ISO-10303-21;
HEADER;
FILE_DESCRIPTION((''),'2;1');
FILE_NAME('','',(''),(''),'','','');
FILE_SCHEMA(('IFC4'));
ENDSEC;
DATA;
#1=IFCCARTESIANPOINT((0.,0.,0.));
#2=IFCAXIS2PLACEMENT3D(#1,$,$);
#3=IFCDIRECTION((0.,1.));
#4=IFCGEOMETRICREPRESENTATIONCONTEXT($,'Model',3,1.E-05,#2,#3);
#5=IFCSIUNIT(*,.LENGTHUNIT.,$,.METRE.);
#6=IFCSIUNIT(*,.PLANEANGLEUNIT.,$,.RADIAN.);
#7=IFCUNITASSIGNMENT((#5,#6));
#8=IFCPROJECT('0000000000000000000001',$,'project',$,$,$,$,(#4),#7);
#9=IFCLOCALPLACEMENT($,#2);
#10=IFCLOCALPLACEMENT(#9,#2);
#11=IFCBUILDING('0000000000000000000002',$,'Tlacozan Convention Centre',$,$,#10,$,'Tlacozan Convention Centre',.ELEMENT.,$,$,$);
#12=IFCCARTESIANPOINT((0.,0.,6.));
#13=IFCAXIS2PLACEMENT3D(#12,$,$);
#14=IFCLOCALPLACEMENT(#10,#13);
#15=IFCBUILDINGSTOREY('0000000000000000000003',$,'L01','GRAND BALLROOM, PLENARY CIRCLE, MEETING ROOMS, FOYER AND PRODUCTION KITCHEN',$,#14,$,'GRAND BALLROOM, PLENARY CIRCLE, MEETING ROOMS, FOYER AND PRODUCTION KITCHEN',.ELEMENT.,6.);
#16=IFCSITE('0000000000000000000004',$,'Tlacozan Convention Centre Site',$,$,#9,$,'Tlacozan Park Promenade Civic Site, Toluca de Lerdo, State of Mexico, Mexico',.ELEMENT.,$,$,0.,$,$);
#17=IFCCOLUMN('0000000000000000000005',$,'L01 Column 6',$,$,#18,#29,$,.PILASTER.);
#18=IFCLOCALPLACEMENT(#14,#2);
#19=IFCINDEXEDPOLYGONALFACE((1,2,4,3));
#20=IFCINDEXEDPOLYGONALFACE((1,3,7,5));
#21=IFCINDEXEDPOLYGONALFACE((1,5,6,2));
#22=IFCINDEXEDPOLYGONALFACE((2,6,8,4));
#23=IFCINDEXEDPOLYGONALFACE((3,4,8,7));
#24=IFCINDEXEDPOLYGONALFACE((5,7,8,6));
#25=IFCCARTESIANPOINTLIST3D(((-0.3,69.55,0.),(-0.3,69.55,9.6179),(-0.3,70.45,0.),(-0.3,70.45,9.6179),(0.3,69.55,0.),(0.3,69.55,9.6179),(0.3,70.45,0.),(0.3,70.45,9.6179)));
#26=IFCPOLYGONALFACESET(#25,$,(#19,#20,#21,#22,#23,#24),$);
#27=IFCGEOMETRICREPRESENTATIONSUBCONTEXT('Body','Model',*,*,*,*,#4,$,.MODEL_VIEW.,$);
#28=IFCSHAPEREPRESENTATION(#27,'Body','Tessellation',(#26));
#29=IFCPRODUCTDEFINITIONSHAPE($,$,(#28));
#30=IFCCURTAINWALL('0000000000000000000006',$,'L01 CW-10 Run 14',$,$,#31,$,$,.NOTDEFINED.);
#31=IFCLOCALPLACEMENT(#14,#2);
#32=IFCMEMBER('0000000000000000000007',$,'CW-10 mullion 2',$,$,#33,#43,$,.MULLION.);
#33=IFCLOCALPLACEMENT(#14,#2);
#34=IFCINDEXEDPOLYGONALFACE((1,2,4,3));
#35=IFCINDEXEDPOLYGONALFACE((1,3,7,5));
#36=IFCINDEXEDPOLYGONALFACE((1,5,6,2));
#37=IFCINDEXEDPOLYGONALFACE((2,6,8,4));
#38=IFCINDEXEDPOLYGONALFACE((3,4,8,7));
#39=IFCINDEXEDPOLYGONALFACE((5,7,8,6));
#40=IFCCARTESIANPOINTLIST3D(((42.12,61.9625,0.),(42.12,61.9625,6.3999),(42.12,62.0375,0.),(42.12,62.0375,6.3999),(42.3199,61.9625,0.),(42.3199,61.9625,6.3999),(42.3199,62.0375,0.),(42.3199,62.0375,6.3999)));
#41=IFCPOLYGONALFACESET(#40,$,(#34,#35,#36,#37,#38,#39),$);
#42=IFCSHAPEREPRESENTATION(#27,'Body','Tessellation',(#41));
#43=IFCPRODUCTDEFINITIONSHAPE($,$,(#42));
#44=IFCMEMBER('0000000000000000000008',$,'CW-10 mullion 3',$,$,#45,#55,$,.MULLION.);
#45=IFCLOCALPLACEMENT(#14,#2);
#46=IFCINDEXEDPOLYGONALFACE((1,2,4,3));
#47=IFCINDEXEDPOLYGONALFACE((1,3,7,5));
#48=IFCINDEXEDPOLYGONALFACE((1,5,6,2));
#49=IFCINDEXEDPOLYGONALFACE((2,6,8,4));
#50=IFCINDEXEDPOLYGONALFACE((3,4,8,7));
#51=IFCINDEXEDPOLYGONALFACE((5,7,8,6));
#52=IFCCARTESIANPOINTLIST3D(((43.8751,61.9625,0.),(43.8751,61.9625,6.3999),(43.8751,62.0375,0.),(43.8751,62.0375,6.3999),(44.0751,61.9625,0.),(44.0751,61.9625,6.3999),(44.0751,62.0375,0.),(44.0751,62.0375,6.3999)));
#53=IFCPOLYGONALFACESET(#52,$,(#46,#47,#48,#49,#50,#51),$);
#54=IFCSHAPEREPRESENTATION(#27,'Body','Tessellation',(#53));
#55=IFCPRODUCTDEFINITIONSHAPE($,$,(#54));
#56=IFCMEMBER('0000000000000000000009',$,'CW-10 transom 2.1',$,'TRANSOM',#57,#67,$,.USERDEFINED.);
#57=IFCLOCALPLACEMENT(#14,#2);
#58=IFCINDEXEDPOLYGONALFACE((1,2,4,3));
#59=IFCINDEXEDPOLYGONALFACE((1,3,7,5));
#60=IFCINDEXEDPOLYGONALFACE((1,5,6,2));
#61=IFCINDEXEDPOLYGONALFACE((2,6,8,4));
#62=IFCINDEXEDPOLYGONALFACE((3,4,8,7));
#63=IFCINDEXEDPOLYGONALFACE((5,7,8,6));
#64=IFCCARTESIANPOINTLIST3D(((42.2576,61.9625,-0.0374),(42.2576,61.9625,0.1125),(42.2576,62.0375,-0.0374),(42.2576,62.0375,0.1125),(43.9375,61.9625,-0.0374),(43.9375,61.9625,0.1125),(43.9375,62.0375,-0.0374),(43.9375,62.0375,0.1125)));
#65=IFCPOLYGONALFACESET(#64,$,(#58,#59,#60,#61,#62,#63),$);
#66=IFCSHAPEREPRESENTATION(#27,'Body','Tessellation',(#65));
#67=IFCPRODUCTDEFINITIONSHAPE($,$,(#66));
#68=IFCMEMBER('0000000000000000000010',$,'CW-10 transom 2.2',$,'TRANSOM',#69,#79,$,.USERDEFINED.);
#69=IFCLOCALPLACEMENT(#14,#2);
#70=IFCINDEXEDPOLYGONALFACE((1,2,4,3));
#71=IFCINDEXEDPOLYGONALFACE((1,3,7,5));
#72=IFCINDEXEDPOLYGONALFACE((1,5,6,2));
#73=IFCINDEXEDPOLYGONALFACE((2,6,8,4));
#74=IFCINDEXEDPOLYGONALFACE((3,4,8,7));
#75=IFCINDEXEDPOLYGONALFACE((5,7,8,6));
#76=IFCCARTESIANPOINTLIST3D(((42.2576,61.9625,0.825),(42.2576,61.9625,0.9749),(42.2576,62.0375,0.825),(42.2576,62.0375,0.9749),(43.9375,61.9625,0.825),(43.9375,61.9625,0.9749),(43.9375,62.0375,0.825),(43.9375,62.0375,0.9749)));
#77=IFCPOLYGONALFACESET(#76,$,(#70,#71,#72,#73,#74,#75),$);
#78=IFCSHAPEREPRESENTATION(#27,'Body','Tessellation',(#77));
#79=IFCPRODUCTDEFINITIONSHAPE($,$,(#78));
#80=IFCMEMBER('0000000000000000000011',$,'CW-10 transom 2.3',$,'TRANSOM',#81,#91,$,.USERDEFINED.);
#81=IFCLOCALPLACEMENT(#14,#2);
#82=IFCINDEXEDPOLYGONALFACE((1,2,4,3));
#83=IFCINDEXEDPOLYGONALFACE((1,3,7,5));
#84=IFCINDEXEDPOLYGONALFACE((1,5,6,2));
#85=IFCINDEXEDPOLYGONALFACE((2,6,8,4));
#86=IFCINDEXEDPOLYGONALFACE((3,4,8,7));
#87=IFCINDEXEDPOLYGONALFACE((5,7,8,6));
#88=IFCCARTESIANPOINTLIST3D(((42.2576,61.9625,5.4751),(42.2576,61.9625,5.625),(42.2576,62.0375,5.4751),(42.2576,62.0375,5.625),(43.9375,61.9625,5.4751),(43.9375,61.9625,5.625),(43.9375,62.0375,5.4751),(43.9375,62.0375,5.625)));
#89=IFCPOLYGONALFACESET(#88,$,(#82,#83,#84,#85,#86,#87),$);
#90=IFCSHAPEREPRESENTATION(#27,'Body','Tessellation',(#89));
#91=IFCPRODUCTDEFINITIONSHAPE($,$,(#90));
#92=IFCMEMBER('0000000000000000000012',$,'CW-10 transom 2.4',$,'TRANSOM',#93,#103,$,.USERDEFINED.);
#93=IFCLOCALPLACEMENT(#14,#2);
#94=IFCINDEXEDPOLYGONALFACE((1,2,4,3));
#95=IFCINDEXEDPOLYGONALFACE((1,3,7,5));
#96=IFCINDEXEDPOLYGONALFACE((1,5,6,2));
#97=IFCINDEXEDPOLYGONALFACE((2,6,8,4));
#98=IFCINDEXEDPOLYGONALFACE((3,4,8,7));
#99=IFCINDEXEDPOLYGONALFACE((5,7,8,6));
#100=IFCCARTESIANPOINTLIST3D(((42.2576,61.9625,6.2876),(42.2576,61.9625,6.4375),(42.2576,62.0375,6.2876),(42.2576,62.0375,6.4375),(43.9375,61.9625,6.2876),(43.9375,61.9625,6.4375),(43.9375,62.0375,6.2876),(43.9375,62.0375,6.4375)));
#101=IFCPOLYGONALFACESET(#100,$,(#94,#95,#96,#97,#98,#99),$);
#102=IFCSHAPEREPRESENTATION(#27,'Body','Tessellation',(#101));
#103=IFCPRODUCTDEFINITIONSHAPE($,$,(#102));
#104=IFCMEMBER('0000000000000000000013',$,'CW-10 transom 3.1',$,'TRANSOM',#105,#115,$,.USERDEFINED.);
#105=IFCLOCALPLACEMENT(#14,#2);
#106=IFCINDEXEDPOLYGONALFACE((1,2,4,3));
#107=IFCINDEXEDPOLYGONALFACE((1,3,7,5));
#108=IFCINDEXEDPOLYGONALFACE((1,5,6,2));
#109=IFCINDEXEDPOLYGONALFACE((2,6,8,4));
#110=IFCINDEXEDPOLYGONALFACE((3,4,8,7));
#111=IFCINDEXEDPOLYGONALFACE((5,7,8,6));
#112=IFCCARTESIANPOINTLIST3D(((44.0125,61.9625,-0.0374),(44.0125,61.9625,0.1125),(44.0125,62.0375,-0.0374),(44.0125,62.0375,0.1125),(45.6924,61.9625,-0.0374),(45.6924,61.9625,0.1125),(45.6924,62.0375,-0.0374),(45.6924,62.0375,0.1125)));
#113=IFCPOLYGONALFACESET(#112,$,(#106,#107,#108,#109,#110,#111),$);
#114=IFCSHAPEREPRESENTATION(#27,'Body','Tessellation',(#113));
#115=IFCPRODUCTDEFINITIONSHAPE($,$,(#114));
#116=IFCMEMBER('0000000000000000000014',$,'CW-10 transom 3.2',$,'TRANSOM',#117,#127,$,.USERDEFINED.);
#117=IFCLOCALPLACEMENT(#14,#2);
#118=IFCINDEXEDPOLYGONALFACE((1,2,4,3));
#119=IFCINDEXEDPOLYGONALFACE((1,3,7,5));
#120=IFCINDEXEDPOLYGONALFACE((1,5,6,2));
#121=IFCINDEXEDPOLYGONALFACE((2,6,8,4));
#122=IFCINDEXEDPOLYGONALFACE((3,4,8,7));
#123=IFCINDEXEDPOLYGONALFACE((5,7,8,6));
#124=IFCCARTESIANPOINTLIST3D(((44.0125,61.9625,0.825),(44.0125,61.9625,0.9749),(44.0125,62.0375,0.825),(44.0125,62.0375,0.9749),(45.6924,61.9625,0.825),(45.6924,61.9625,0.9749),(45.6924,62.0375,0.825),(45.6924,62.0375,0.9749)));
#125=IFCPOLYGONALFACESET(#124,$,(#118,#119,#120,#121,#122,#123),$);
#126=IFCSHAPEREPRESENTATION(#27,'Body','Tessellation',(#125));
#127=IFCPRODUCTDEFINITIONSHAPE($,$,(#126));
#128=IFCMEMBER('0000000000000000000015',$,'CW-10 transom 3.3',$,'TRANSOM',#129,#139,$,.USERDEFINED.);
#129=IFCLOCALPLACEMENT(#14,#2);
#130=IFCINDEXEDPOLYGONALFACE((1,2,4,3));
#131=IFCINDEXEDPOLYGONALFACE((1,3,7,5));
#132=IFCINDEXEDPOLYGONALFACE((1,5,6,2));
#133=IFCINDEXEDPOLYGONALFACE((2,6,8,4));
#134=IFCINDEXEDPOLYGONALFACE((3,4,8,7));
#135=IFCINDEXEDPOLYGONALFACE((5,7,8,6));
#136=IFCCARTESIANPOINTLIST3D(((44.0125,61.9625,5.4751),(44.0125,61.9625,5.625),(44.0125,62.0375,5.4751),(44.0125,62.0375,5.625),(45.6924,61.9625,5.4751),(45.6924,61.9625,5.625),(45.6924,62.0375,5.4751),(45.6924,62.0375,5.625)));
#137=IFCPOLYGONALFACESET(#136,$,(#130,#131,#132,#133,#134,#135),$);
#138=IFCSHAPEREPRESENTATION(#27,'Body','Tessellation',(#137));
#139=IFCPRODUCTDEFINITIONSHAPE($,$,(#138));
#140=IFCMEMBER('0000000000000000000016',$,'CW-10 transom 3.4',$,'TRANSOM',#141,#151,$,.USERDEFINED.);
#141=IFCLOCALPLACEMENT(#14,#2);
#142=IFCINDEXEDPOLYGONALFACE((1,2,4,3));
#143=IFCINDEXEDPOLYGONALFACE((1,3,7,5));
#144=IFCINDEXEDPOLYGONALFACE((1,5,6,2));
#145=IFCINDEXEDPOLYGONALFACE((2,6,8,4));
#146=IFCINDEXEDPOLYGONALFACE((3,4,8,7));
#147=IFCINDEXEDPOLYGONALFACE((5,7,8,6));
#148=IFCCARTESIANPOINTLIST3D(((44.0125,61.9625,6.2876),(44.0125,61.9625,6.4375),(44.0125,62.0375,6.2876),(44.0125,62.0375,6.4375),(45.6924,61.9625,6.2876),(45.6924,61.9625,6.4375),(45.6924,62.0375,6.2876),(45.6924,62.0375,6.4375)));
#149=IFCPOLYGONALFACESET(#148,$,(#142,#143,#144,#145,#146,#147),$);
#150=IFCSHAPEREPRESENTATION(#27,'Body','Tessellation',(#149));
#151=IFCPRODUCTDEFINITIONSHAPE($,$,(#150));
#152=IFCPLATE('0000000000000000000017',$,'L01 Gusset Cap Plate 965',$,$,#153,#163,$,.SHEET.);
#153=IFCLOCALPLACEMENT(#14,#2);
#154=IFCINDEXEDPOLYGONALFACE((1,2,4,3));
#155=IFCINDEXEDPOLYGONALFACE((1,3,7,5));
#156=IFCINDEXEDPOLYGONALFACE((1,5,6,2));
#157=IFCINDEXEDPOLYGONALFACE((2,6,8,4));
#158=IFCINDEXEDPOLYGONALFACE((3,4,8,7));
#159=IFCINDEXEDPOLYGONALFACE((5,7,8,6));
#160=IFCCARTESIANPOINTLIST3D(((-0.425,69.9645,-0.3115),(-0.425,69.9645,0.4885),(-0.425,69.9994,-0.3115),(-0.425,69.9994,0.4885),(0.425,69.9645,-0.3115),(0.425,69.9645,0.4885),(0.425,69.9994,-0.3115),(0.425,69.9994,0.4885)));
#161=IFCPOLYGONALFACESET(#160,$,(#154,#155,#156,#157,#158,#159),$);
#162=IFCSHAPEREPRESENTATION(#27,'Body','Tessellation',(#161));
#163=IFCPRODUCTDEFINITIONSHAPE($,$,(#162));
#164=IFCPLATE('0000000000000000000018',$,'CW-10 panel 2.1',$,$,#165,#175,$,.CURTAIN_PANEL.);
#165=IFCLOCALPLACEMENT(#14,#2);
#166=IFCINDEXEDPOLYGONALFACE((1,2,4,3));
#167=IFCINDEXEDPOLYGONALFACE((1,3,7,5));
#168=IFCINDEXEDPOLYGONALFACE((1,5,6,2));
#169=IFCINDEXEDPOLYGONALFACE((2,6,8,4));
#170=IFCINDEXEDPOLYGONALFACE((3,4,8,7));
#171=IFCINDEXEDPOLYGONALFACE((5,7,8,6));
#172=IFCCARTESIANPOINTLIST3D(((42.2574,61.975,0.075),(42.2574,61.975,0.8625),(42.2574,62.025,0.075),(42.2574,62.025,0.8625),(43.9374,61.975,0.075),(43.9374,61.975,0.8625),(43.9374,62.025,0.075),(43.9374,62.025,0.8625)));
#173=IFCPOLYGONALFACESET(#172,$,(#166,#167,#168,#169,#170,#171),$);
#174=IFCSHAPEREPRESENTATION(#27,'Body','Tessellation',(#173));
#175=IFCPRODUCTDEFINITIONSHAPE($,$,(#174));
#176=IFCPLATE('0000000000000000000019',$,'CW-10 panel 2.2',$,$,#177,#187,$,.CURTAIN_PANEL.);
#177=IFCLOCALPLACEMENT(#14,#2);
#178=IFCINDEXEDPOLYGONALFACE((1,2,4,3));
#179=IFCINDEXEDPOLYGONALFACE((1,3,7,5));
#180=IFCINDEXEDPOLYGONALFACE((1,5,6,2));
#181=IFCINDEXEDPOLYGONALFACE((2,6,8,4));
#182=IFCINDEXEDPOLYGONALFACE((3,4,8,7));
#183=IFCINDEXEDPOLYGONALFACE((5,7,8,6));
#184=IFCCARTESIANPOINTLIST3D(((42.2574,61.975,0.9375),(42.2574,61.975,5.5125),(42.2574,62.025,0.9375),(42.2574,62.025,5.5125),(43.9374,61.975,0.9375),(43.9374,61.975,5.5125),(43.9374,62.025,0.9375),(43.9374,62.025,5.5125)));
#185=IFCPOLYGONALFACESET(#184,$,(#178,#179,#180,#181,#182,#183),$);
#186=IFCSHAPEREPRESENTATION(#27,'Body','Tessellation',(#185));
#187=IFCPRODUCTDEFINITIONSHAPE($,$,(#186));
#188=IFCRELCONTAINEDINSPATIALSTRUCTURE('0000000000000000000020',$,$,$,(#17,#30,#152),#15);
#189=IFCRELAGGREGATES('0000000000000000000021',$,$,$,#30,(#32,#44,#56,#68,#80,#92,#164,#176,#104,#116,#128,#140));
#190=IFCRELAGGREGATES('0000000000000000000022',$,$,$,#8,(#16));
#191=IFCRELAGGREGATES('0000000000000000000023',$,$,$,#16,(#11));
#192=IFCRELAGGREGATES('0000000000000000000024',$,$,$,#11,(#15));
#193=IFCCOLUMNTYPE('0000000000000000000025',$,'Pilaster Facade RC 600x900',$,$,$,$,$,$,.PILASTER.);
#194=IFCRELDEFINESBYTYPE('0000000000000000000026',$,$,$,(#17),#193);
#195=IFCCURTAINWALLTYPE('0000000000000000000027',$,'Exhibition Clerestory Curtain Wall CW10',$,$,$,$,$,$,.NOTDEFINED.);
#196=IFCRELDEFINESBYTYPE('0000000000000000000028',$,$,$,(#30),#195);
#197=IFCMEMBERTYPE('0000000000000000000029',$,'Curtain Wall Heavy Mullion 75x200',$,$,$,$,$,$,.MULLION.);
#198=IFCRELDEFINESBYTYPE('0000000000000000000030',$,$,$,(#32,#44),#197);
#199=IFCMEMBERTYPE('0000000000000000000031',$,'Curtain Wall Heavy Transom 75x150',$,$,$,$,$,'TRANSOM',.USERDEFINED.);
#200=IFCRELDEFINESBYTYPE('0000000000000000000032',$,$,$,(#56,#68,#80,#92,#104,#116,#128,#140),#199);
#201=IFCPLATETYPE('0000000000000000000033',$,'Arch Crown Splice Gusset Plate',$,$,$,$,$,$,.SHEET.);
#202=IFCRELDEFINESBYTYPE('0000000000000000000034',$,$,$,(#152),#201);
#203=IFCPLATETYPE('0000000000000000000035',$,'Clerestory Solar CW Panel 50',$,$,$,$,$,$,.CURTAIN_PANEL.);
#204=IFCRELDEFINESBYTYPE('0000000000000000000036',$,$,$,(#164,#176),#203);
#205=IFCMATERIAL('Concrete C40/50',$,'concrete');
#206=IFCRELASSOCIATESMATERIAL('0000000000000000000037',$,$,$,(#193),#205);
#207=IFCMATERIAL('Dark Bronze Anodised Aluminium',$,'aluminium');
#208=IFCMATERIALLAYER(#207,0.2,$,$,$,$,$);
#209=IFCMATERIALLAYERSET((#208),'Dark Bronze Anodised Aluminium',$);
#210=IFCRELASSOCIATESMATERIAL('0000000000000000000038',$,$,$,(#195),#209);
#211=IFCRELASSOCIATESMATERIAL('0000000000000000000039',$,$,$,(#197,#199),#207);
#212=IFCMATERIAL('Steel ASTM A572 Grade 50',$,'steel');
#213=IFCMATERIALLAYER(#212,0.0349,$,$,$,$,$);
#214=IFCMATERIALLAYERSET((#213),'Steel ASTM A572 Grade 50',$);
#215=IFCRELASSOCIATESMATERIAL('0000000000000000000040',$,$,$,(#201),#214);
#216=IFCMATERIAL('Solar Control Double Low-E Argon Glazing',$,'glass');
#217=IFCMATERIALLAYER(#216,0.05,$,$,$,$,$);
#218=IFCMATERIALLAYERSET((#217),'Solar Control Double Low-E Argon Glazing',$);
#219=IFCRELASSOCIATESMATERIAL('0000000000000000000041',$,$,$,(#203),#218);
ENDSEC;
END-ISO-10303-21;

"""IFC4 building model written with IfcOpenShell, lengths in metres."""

from ifc_helpers import new_model, si_unit, direction, frame, origin, origin_2d, place, context, subcontext, project, spatial, rectangle, extrude, material, layer, layer_set, material_profile, profile_set, type_object, element, aggregate, save


model = new_model("IFC4")

# Units and contexts
model_context = context("Model", 3, precision=1e-05, world=origin(), true_north=direction((0.0, 1.0)))
body_context = subcontext(model_context, "Body", "Model", "MODEL_VIEW")
ifc_project = project(units=[si_unit("LENGTHUNIT", "METRE"), si_unit("PLANEANGLEUNIT", "RADIAN")], contexts=[model_context])

# Site, building, storey
site_placement = place(None, origin())
site = spatial("IfcSite", under=ifc_project, at=site_placement, Name="Tlacozan Convention Centre Site", LongName="Tlacozan Park Promenade Civic Site, Toluca de Lerdo, State of Mexico, Mexico", CompositionType="ELEMENT", RefElevation=0.0)
building_placement = place(site_placement, origin())
building = spatial("IfcBuilding", under=site, at=building_placement, Name="Tlacozan Convention Centre", LongName="Tlacozan Convention Centre", CompositionType="ELEMENT")
storey_placement = place(building_placement, frame((0.0, 0.0, 6.0)))
storey = spatial("IfcBuildingStorey", under=building, at=storey_placement, Name="L01", Description="GRAND BALLROOM, PLENARY CIRCLE, MEETING ROOMS, FOYER AND PRODUCTION KITCHEN", LongName="GRAND BALLROOM, PLENARY CIRCLE, MEETING ROOMS, FOYER AND PRODUCTION KITCHEN", CompositionType="ELEMENT", Elevation=6.0)

# Column
ifc_material_1 = material(Name="Concrete C40/50", Category="concrete")
ifc_material_profile_1 = material_profile(ifc_material_1, rectangle(XDim=0.6001, YDim=0.8999, at=origin_2d()), Name="RC 600x900")
ifc_profile_set_1 = profile_set([ifc_material_profile_1], Name="Concrete C40/50")
column_type = type_object("IfcColumnType", Name="Pilaster Facade RC 600x900", PredefinedType="PILASTER", material=ifc_profile_set_1)
column_placement = place(storey_placement, frame((0.0, 70.0, 0.0), z_axis=(0.0, 0.0, 1.0), x_axis=(1.0, 0.0, 0.0)))
element("IfcColumn", 1, at=column_placement, inside=storey, type_object=column_type, Name="L01 Column 6", PredefinedType="PILASTER", context=body_context, shape_type="SweptSolid", body=[
    extrude(rectangle(XDim=0.6001, YDim=0.8999, at=origin_2d()), origin(), (0.0, 0.0, 1.0), 9.6179),
])

# Curtain wall, members
ifc_material_2 = material(Name="Dark Bronze Anodised Aluminium", Category="aluminium")
ifc_layer_1 = layer(ifc_material_2, 0.2)
ifc_layer_set_1 = layer_set([ifc_layer_1], Name="Dark Bronze Anodised Aluminium")
curtain_wall_type = type_object("IfcCurtainWallType", Name="Exhibition Clerestory Curtain Wall CW10", PredefinedType="NOTDEFINED", material=ifc_layer_set_1)
curtain_wall_placement = place(storey_placement, origin())
curtain_wall = element("IfcCurtainWall", 2, at=curtain_wall_placement, inside=storey, type_object=curtain_wall_type, Name="L01 CW-10 Run 14", PredefinedType="NOTDEFINED")
ifc_material_profile_2 = material_profile(ifc_material_2, rectangle(XDim=0.075, YDim=0.2, at=origin_2d()), Name="ALU 75x200")
ifc_profile_set_2 = profile_set([ifc_material_profile_2], Name="Dark Bronze Anodised Aluminium")
member_type_1 = type_object("IfcMemberType", Name="Curtain Wall Heavy Mullion 75x200", PredefinedType="MULLION", material=ifc_profile_set_2)
member_1_placement = place(storey_placement, frame((42.22, 62.0, 0.0), z_axis=(0.0, 0.0, 1.0), x_axis=(0.0, 1.0, 0.0)))
member_1 = element("IfcMember", 3, at=member_1_placement, type_object=member_type_1, Name="CW-10 mullion 2", PredefinedType="MULLION", context=body_context, shape_type="SweptSolid", body=[
    extrude(rectangle(XDim=0.075, YDim=0.2, at=origin_2d()), origin(), (0.0, 0.0, 1.0), 6.3999),
])
member_2_placement = place(storey_placement, frame((43.9751, 62.0, 0.0), z_axis=(0.0, 0.0, 1.0), x_axis=(0.0, 1.0, 0.0)))
member_2 = element("IfcMember", 4, at=member_2_placement, type_object=member_type_1, Name="CW-10 mullion 3", PredefinedType="MULLION", context=body_context, shape_type="SweptSolid", body=[
    extrude(rectangle(XDim=0.075, YDim=0.2, at=origin_2d()), origin(), (0.0, 0.0, 1.0), 6.3999),
])
ifc_material_profile_3 = material_profile(ifc_material_2, rectangle(XDim=0.075, YDim=0.1499, at=origin_2d()), Name="ALU 75x150")
ifc_profile_set_3 = profile_set([ifc_material_profile_3], Name="Dark Bronze Anodised Aluminium")
member_type_2 = type_object("IfcMemberType", Name="Curtain Wall Heavy Transom 75x150", ElementType="TRANSOM", PredefinedType="USERDEFINED", material=ifc_profile_set_3)
member_3_placement = place(storey_placement, frame((42.2576, 62.0, 0.0376), z_axis=(1.0, 0.0, 0.0), x_axis=(0.0, 1.0, 0.0)))
member_3 = element("IfcMember", 5, at=member_3_placement, type_object=member_type_2, Name="CW-10 transom 2.1", ObjectType="TRANSOM", PredefinedType="USERDEFINED", context=body_context, shape_type="SweptSolid", body=[
    extrude(rectangle(XDim=0.075, YDim=0.1499, at=origin_2d()), origin(), (0.0, 0.0, 1.0), 1.6799),
])
member_4_placement = place(storey_placement, frame((42.2576, 62.0, 0.8999), z_axis=(1.0, 0.0, 0.0), x_axis=(0.0, 1.0, 0.0)))
member_4 = element("IfcMember", 6, at=member_4_placement, type_object=member_type_2, Name="CW-10 transom 2.2", ObjectType="TRANSOM", PredefinedType="USERDEFINED", context=body_context, shape_type="SweptSolid", body=[
    extrude(rectangle(XDim=0.075, YDim=0.1499, at=origin_2d()), origin(), (0.0, 0.0, 1.0), 1.6799),
])
member_5_placement = place(storey_placement, frame((42.2576, 62.0, 5.55), z_axis=(1.0, 0.0, 0.0), x_axis=(0.0, 1.0, 0.0)))
member_5 = element("IfcMember", 7, at=member_5_placement, type_object=member_type_2, Name="CW-10 transom 2.3", ObjectType="TRANSOM", PredefinedType="USERDEFINED", context=body_context, shape_type="SweptSolid", body=[
    extrude(rectangle(XDim=0.075, YDim=0.1499, at=origin_2d()), origin(), (0.0, 0.0, 1.0), 1.6799),
])
member_6_placement = place(storey_placement, frame((42.2576, 62.0, 6.3625), z_axis=(1.0, 0.0, 0.0), x_axis=(0.0, 1.0, 0.0)))
member_6 = element("IfcMember", 8, at=member_6_placement, type_object=member_type_2, Name="CW-10 transom 2.4", ObjectType="TRANSOM", PredefinedType="USERDEFINED", context=body_context, shape_type="SweptSolid", body=[
    extrude(rectangle(XDim=0.075, YDim=0.1499, at=origin_2d()), origin(), (0.0, 0.0, 1.0), 1.6799),
])
member_7_placement = place(storey_placement, frame((44.0125, 62.0, 0.0376), z_axis=(1.0, 0.0, 0.0), x_axis=(0.0, 1.0, 0.0)))
member_7 = element("IfcMember", 9, at=member_7_placement, type_object=member_type_2, Name="CW-10 transom 3.1", ObjectType="TRANSOM", PredefinedType="USERDEFINED", context=body_context, shape_type="SweptSolid", body=[
    extrude(rectangle(XDim=0.075, YDim=0.1499, at=origin_2d()), origin(), (0.0, 0.0, 1.0), 1.6799),
])
member_8_placement = place(storey_placement, frame((44.0125, 62.0, 0.8999), z_axis=(1.0, 0.0, 0.0), x_axis=(0.0, 1.0, 0.0)))
member_8 = element("IfcMember", 10, at=member_8_placement, type_object=member_type_2, Name="CW-10 transom 3.2", ObjectType="TRANSOM", PredefinedType="USERDEFINED", context=body_context, shape_type="SweptSolid", body=[
    extrude(rectangle(XDim=0.075, YDim=0.1499, at=origin_2d()), origin(), (0.0, 0.0, 1.0), 1.6799),
])
member_9_placement = place(storey_placement, frame((44.0125, 62.0, 5.55), z_axis=(1.0, 0.0, 0.0), x_axis=(0.0, 1.0, 0.0)))
member_9 = element("IfcMember", 11, at=member_9_placement, type_object=member_type_2, Name="CW-10 transom 3.3", ObjectType="TRANSOM", PredefinedType="USERDEFINED", context=body_context, shape_type="SweptSolid", body=[
    extrude(rectangle(XDim=0.075, YDim=0.1499, at=origin_2d()), origin(), (0.0, 0.0, 1.0), 1.6799),
])
member_10_placement = place(storey_placement, frame((44.0125, 62.0, 6.3625), z_axis=(1.0, 0.0, 0.0), x_axis=(0.0, 1.0, 0.0)))
member_10 = element("IfcMember", 12, at=member_10_placement, type_object=member_type_2, Name="CW-10 transom 3.4", ObjectType="TRANSOM", PredefinedType="USERDEFINED", context=body_context, shape_type="SweptSolid", body=[
    extrude(rectangle(XDim=0.075, YDim=0.1499, at=origin_2d()), origin(), (0.0, 0.0, 1.0), 1.6799),
])

# Plates
ifc_material_3 = material(Name="Steel ASTM A572 Grade 50", Category="steel")
ifc_layer_2 = layer(ifc_material_3, 0.0349)
ifc_layer_set_2 = layer_set([ifc_layer_2], Name="Steel ASTM A572 Grade 50")
plate_type_1 = type_object("IfcPlateType", Name="Arch Crown Splice Gusset Plate", PredefinedType="SHEET", material=ifc_layer_set_2)
plate_1_placement = place(storey_placement, frame((0.0, 69.9819, -0.3115), z_axis=(0.0, 0.0, 1.0), x_axis=(0.0, 1.0, 0.0)))
element("IfcPlate", 13, at=plate_1_placement, inside=storey, type_object=plate_type_1, Name="L01 Gusset Cap Plate 965", PredefinedType="SHEET", context=body_context, shape_type="SweptSolid", body=[
    extrude(rectangle(XDim=0.0349, YDim=0.8501, at=origin_2d()), origin(), (0.0, 0.0, 1.0), 0.8),
])
ifc_material_4 = material(Name="Solar Control Double Low-E Argon Glazing", Category="glass")
ifc_layer_3 = layer(ifc_material_4, 0.05)
ifc_layer_set_3 = layer_set([ifc_layer_3], Name="Solar Control Double Low-E Argon Glazing")
plate_type_2 = type_object("IfcPlateType", Name="Clerestory Solar CW Panel 50", PredefinedType="CURTAIN_PANEL", material=ifc_layer_set_3)
plate_2_placement = place(storey_placement, frame((43.0974, 62.0, 0.075), z_axis=(0.0, 0.0, 1.0), x_axis=(1.0, 0.0, 0.0)))
plate_2 = element("IfcPlate", 14, at=plate_2_placement, type_object=plate_type_2, Name="CW-10 panel 2.1", PredefinedType="CURTAIN_PANEL", context=body_context, shape_type="SweptSolid", body=[
    extrude(rectangle(XDim=1.6799, YDim=0.05, at=origin_2d()), origin(), (0.0, 0.0, 1.0), 0.7876),
])
plate_3_placement = place(storey_placement, frame((43.0974, 62.0, 0.9375), z_axis=(0.0, 0.0, 1.0), x_axis=(1.0, 0.0, 0.0)))
plate_3 = element("IfcPlate", 15, at=plate_3_placement, type_object=plate_type_2, Name="CW-10 panel 2.2", PredefinedType="CURTAIN_PANEL", context=body_context, shape_type="SweptSolid", body=[
    extrude(rectangle(XDim=1.6799, YDim=0.05, at=origin_2d()), origin(), (0.0, 0.0, 1.0), 4.575),
])
aggregate(curtain_wall, [member_1, member_2, member_3, member_4, member_5, member_6, plate_2, plate_3, member_7, member_8, member_9, member_10])

save(model, "model.ifc")
